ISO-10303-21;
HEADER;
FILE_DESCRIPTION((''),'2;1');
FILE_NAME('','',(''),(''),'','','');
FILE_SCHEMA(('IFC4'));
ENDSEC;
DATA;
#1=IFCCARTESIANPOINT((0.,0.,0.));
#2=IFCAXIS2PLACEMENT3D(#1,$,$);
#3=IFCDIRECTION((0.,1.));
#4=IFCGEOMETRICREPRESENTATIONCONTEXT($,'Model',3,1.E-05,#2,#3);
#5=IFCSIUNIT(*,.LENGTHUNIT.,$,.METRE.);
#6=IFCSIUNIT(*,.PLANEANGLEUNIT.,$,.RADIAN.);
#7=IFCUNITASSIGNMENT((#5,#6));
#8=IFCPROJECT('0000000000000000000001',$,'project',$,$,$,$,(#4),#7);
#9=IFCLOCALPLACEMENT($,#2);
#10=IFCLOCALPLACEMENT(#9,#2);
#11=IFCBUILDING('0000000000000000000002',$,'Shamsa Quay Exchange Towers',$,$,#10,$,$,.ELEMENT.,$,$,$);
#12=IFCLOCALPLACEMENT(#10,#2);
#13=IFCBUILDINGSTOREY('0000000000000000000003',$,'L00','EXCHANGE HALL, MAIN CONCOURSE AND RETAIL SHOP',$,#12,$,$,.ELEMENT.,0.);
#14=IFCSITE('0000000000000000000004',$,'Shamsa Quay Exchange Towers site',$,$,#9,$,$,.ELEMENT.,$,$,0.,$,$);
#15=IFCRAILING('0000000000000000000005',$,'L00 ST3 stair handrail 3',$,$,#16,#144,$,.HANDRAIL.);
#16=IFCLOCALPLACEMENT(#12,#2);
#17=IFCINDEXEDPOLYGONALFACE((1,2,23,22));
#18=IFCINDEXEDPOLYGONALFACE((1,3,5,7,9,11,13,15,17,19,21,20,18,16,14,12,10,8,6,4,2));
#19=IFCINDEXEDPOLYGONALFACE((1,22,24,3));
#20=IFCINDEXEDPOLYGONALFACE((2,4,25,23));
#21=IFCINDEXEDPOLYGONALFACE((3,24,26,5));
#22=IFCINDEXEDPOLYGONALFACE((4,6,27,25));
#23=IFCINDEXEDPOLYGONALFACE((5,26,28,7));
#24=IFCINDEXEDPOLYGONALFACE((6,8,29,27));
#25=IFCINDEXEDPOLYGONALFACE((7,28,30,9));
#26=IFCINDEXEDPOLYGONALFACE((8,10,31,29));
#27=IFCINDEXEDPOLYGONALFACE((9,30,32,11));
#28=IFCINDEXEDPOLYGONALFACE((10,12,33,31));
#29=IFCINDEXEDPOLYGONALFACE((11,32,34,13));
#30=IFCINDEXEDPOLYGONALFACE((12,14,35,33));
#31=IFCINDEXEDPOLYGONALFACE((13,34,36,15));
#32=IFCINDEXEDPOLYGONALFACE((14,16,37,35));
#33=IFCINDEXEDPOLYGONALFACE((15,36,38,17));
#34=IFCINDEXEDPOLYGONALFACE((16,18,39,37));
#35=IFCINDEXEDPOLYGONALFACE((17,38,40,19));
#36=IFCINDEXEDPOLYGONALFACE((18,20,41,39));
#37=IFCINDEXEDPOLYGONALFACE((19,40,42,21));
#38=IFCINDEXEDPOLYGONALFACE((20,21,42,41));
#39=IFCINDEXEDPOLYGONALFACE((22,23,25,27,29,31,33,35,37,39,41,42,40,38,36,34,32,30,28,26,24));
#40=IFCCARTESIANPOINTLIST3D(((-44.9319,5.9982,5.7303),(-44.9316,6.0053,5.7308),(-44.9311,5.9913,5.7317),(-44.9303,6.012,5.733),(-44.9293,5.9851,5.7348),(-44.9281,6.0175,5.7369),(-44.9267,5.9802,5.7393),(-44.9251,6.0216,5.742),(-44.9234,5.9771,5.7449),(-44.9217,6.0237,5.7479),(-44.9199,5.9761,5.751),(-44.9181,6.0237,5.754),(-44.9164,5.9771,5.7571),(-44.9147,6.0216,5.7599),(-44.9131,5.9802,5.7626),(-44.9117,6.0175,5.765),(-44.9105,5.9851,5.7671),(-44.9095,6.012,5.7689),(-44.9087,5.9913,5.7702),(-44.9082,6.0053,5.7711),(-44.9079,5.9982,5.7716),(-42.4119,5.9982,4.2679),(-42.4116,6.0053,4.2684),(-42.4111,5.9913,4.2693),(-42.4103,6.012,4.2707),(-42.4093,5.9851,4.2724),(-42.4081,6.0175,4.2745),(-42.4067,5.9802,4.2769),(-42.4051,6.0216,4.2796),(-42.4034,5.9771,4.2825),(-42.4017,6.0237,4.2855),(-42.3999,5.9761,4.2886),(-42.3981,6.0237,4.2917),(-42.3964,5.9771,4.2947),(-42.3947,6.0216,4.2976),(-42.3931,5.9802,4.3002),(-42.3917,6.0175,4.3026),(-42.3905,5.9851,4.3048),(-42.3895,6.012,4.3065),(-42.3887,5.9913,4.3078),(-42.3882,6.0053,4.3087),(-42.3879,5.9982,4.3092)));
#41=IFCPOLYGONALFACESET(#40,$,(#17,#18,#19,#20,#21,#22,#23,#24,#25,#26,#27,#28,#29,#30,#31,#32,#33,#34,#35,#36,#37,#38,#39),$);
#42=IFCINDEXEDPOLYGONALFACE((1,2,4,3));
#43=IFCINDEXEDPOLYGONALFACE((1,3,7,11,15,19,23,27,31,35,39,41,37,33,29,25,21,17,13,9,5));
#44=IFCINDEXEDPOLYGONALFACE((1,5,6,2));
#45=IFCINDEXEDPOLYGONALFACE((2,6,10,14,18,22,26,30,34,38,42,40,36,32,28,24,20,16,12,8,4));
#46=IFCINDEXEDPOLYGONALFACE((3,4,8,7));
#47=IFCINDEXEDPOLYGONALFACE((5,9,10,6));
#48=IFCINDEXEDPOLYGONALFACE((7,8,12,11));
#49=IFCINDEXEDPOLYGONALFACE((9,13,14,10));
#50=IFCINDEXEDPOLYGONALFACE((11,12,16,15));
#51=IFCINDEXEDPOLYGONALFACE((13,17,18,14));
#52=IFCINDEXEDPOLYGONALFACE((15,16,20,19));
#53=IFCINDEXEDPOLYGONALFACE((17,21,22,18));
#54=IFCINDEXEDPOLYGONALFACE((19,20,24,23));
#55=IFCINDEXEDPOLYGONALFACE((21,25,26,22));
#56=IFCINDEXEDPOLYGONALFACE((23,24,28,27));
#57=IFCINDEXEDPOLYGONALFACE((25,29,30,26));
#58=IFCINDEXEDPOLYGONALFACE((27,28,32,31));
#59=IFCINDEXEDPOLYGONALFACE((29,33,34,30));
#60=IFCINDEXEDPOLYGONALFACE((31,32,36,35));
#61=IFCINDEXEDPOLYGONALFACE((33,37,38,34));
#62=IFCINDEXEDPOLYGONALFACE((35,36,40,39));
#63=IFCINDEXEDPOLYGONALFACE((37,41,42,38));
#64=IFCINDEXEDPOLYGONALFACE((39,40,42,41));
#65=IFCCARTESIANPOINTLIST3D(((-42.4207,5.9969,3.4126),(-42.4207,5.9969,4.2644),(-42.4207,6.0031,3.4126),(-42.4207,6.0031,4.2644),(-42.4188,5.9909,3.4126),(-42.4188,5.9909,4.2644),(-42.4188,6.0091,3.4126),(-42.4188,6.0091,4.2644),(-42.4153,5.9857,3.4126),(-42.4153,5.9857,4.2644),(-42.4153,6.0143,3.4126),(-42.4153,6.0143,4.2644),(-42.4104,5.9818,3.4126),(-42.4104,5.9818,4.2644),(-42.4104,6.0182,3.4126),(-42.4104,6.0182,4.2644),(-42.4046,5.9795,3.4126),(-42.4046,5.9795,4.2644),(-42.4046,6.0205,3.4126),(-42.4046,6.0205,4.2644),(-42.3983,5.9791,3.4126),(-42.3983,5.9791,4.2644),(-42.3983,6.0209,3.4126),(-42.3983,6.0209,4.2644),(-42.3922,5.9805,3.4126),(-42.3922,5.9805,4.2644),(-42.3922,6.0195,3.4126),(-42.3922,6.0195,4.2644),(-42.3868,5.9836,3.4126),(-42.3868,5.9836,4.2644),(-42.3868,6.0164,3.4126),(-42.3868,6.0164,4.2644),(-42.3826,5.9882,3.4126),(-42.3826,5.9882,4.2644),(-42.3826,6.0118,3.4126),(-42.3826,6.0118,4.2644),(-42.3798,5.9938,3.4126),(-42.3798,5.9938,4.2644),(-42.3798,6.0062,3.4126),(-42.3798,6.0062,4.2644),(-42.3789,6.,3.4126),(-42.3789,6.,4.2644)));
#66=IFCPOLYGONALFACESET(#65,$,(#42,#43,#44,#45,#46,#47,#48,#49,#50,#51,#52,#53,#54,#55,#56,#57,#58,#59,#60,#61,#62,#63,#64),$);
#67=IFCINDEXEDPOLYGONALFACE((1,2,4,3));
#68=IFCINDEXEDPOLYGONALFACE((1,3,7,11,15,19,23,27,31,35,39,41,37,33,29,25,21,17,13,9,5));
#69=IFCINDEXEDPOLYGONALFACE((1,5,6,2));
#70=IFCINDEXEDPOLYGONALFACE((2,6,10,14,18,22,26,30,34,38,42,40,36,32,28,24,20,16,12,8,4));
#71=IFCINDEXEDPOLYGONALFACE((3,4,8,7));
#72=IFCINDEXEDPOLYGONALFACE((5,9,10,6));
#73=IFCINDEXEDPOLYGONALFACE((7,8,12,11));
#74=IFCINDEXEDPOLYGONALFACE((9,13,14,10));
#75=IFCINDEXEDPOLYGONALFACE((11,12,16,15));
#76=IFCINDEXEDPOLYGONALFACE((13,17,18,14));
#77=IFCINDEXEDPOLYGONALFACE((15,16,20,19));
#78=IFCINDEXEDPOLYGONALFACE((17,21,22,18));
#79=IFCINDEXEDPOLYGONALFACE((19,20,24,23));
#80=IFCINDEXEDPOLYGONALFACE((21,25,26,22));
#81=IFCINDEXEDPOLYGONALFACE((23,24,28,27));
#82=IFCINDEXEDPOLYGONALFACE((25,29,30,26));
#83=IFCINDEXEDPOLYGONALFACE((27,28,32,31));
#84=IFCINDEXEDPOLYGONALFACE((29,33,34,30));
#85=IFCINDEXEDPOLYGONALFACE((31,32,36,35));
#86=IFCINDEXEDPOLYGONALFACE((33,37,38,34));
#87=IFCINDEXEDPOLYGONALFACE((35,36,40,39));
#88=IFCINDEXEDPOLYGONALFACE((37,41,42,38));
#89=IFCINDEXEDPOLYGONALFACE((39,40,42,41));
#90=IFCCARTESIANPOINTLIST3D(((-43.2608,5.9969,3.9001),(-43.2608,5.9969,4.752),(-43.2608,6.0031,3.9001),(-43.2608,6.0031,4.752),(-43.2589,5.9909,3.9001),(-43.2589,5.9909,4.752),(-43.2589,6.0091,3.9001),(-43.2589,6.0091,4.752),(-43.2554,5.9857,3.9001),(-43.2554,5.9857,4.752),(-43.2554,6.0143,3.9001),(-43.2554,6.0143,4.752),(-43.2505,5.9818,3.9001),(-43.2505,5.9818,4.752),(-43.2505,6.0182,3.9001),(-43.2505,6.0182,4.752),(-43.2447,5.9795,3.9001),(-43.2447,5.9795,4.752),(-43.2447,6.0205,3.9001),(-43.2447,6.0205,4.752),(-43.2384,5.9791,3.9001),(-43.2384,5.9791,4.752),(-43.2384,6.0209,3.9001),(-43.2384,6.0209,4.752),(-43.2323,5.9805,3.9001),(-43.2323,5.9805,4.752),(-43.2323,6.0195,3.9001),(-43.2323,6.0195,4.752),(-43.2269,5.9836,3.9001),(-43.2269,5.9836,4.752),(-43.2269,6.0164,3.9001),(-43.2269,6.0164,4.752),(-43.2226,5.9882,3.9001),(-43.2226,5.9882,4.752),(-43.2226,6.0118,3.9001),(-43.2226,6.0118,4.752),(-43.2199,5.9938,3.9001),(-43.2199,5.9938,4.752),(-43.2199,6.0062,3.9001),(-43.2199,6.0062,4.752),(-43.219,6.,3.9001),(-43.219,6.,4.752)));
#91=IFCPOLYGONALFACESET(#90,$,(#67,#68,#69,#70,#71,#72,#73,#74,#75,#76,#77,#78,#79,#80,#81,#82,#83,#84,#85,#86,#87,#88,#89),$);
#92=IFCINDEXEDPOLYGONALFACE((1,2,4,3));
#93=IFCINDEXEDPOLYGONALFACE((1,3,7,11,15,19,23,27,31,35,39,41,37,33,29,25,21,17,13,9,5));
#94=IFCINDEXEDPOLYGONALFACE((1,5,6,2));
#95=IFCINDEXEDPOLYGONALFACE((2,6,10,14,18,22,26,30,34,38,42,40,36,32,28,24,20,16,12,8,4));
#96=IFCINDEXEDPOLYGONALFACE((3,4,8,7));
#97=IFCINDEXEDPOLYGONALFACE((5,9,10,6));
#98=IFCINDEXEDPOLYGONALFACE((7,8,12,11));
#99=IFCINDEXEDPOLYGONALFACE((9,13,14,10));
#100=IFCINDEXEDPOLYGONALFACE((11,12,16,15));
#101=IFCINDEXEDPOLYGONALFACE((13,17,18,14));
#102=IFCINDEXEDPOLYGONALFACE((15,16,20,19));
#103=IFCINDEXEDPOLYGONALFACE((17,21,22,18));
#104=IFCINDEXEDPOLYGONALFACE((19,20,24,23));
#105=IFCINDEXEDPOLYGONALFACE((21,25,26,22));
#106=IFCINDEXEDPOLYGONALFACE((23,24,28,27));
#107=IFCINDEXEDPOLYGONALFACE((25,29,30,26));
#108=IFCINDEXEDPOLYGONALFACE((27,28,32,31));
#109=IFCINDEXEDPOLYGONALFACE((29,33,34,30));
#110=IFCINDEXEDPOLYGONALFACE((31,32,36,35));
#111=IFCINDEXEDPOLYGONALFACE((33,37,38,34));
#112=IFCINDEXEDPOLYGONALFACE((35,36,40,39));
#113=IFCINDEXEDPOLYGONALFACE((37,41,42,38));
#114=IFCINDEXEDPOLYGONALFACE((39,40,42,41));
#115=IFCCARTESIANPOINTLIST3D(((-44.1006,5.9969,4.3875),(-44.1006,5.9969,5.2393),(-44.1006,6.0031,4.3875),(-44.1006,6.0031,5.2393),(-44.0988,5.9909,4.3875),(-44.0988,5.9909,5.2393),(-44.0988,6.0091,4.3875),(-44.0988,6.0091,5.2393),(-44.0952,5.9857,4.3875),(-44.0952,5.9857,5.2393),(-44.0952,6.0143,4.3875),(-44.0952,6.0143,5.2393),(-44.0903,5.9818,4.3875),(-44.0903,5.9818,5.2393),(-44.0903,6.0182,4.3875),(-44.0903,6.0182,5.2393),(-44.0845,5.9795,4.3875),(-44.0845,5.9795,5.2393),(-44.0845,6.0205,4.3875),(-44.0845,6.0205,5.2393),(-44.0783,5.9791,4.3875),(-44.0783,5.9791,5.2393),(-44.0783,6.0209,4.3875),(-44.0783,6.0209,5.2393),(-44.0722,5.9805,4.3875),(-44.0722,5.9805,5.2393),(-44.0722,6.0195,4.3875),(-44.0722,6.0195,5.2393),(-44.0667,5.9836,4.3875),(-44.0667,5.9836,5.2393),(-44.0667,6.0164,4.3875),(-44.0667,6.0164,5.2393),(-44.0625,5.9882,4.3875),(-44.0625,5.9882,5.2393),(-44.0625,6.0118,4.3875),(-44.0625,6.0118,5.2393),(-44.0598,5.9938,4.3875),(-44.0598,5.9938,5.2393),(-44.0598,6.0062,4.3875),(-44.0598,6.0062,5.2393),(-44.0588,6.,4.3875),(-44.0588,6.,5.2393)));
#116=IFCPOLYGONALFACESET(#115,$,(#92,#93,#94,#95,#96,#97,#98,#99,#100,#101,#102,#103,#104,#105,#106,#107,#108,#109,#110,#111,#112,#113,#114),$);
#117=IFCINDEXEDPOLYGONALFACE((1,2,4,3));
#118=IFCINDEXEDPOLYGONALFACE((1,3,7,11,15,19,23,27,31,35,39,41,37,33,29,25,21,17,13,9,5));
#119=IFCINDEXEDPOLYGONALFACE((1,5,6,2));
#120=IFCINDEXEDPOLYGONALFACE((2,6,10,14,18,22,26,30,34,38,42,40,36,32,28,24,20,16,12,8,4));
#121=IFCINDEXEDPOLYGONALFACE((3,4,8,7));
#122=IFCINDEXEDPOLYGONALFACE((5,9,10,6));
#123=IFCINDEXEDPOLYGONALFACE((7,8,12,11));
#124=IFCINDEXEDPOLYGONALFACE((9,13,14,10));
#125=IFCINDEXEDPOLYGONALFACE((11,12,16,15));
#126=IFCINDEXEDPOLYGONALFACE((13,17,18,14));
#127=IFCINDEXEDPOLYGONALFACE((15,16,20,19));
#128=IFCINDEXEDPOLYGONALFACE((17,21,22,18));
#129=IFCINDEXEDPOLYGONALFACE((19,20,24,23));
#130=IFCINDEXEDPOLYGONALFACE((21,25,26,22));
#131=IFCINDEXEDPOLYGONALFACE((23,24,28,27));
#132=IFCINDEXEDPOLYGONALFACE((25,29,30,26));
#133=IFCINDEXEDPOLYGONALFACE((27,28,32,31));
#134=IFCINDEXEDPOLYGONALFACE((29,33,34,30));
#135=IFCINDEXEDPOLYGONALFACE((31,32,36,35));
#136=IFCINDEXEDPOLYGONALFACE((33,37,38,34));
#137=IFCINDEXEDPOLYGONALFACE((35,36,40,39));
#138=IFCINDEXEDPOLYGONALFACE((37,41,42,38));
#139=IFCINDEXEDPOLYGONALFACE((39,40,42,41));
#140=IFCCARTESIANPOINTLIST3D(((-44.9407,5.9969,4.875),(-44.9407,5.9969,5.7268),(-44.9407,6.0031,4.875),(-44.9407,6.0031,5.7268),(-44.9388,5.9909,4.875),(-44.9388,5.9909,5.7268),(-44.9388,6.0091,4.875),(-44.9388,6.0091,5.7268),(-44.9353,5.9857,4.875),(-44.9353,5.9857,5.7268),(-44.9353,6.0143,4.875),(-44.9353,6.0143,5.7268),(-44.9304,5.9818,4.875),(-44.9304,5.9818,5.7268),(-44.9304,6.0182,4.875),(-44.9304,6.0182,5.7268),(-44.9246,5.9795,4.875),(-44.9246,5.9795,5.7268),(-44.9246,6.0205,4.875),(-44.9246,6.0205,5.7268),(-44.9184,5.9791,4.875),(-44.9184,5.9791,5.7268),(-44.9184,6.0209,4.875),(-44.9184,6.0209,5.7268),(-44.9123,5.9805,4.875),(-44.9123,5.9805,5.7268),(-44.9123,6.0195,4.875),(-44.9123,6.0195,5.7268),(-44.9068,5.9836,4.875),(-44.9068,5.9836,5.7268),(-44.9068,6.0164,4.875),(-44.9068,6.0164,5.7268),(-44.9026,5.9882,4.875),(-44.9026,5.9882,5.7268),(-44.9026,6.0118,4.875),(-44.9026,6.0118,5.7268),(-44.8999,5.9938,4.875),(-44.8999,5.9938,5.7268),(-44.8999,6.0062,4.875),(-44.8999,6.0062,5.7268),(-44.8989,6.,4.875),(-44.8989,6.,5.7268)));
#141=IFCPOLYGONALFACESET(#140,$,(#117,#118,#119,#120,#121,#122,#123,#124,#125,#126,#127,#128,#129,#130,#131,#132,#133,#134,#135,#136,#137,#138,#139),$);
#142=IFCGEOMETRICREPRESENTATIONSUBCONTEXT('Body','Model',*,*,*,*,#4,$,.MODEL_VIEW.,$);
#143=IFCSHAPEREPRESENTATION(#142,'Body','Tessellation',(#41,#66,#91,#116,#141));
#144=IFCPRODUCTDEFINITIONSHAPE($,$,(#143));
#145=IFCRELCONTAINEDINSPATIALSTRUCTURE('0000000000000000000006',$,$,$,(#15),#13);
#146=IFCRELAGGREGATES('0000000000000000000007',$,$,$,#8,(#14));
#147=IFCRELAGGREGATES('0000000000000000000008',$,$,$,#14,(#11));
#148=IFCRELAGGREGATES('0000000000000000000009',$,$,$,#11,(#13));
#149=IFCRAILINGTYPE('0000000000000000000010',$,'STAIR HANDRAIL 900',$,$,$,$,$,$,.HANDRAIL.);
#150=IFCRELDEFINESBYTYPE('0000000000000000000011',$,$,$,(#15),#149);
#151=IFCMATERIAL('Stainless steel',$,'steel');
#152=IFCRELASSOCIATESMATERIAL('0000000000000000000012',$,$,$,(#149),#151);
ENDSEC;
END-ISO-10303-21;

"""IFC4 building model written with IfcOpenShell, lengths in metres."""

from ifc_helpers import new_model, si_unit, direction, frame, origin, origin_2d, place, context, subcontext, project, spatial, circle, extrude, material, type_object, element, save


model = new_model("IFC4")

# Units and contexts
model_context = context("Model", 3, precision=1e-05, world=origin(), true_north=direction((0.0, 1.0)))
body_context = subcontext(model_context, "Body", "Model", "MODEL_VIEW")
ifc_project = project(units=[si_unit("LENGTHUNIT", "METRE"), si_unit("PLANEANGLEUNIT", "RADIAN")], contexts=[model_context])

# Site, building, storey
site_placement = place(None, origin())
site = spatial("IfcSite", under=ifc_project, at=site_placement, Name="Shamsa Quay Exchange Towers site", CompositionType="ELEMENT", RefElevation=0.0)
building_placement = place(site_placement, origin())
building = spatial("IfcBuilding", under=site, at=building_placement, Name="Shamsa Quay Exchange Towers", CompositionType="ELEMENT")
storey_placement = place(building_placement, origin())
storey = spatial("IfcBuildingStorey", under=building, at=storey_placement, Name="L00", Description="EXCHANGE HALL, MAIN CONCOURSE AND RETAIL SHOP", CompositionType="ELEMENT", Elevation=0.0)

# Railing
ifc_material_1 = material(Name="Stainless steel", Category="steel")
railing_type_1 = type_object("IfcRailingType", Name="STAIR HANDRAIL 900", PredefinedType="HANDRAIL", material=ifc_material_1)
for number, where, name in (
    (1, (-42.3999, 6.0, 3.4126), "L00 ST3 stair handrail 3"),
):
    element("IfcRailing", number, at=place(storey_placement, frame(where)), inside=storey, type_object=railing_type_1, Name=name, PredefinedType="HANDRAIL", context=body_context, shape_type="SweptSolid", body=[
        extrude(circle(Radius=0.0239, at=origin_2d()), frame((0.0, 0.0, 0.876), z_axis=(-0.864913, 0.0, 0.501921), x_axis=(0.0, -1.0, 0.0)), (0.0, 0.0, 1.0), 2.9136),
        extrude(circle(Radius=0.021, at=origin_2d()), origin(), (0.0, 0.0, 1.0), 0.8518),
        extrude(circle(Radius=0.021, at=origin_2d()), frame((-0.8401, 0.0, 0.4875)), (0.0, 0.0, 1.0), 0.8518),
        extrude(circle(Radius=0.021, at=origin_2d()), frame((-1.6799, 0.0, 0.9749)), (0.0, 0.0, 1.0), 0.8518),
        extrude(circle(Radius=0.021, at=origin_2d()), frame((-2.52, 0.0, 1.4624)), (0.0, 0.0, 1.0), 0.8518),
    ])

save(model, "model.ifc")
